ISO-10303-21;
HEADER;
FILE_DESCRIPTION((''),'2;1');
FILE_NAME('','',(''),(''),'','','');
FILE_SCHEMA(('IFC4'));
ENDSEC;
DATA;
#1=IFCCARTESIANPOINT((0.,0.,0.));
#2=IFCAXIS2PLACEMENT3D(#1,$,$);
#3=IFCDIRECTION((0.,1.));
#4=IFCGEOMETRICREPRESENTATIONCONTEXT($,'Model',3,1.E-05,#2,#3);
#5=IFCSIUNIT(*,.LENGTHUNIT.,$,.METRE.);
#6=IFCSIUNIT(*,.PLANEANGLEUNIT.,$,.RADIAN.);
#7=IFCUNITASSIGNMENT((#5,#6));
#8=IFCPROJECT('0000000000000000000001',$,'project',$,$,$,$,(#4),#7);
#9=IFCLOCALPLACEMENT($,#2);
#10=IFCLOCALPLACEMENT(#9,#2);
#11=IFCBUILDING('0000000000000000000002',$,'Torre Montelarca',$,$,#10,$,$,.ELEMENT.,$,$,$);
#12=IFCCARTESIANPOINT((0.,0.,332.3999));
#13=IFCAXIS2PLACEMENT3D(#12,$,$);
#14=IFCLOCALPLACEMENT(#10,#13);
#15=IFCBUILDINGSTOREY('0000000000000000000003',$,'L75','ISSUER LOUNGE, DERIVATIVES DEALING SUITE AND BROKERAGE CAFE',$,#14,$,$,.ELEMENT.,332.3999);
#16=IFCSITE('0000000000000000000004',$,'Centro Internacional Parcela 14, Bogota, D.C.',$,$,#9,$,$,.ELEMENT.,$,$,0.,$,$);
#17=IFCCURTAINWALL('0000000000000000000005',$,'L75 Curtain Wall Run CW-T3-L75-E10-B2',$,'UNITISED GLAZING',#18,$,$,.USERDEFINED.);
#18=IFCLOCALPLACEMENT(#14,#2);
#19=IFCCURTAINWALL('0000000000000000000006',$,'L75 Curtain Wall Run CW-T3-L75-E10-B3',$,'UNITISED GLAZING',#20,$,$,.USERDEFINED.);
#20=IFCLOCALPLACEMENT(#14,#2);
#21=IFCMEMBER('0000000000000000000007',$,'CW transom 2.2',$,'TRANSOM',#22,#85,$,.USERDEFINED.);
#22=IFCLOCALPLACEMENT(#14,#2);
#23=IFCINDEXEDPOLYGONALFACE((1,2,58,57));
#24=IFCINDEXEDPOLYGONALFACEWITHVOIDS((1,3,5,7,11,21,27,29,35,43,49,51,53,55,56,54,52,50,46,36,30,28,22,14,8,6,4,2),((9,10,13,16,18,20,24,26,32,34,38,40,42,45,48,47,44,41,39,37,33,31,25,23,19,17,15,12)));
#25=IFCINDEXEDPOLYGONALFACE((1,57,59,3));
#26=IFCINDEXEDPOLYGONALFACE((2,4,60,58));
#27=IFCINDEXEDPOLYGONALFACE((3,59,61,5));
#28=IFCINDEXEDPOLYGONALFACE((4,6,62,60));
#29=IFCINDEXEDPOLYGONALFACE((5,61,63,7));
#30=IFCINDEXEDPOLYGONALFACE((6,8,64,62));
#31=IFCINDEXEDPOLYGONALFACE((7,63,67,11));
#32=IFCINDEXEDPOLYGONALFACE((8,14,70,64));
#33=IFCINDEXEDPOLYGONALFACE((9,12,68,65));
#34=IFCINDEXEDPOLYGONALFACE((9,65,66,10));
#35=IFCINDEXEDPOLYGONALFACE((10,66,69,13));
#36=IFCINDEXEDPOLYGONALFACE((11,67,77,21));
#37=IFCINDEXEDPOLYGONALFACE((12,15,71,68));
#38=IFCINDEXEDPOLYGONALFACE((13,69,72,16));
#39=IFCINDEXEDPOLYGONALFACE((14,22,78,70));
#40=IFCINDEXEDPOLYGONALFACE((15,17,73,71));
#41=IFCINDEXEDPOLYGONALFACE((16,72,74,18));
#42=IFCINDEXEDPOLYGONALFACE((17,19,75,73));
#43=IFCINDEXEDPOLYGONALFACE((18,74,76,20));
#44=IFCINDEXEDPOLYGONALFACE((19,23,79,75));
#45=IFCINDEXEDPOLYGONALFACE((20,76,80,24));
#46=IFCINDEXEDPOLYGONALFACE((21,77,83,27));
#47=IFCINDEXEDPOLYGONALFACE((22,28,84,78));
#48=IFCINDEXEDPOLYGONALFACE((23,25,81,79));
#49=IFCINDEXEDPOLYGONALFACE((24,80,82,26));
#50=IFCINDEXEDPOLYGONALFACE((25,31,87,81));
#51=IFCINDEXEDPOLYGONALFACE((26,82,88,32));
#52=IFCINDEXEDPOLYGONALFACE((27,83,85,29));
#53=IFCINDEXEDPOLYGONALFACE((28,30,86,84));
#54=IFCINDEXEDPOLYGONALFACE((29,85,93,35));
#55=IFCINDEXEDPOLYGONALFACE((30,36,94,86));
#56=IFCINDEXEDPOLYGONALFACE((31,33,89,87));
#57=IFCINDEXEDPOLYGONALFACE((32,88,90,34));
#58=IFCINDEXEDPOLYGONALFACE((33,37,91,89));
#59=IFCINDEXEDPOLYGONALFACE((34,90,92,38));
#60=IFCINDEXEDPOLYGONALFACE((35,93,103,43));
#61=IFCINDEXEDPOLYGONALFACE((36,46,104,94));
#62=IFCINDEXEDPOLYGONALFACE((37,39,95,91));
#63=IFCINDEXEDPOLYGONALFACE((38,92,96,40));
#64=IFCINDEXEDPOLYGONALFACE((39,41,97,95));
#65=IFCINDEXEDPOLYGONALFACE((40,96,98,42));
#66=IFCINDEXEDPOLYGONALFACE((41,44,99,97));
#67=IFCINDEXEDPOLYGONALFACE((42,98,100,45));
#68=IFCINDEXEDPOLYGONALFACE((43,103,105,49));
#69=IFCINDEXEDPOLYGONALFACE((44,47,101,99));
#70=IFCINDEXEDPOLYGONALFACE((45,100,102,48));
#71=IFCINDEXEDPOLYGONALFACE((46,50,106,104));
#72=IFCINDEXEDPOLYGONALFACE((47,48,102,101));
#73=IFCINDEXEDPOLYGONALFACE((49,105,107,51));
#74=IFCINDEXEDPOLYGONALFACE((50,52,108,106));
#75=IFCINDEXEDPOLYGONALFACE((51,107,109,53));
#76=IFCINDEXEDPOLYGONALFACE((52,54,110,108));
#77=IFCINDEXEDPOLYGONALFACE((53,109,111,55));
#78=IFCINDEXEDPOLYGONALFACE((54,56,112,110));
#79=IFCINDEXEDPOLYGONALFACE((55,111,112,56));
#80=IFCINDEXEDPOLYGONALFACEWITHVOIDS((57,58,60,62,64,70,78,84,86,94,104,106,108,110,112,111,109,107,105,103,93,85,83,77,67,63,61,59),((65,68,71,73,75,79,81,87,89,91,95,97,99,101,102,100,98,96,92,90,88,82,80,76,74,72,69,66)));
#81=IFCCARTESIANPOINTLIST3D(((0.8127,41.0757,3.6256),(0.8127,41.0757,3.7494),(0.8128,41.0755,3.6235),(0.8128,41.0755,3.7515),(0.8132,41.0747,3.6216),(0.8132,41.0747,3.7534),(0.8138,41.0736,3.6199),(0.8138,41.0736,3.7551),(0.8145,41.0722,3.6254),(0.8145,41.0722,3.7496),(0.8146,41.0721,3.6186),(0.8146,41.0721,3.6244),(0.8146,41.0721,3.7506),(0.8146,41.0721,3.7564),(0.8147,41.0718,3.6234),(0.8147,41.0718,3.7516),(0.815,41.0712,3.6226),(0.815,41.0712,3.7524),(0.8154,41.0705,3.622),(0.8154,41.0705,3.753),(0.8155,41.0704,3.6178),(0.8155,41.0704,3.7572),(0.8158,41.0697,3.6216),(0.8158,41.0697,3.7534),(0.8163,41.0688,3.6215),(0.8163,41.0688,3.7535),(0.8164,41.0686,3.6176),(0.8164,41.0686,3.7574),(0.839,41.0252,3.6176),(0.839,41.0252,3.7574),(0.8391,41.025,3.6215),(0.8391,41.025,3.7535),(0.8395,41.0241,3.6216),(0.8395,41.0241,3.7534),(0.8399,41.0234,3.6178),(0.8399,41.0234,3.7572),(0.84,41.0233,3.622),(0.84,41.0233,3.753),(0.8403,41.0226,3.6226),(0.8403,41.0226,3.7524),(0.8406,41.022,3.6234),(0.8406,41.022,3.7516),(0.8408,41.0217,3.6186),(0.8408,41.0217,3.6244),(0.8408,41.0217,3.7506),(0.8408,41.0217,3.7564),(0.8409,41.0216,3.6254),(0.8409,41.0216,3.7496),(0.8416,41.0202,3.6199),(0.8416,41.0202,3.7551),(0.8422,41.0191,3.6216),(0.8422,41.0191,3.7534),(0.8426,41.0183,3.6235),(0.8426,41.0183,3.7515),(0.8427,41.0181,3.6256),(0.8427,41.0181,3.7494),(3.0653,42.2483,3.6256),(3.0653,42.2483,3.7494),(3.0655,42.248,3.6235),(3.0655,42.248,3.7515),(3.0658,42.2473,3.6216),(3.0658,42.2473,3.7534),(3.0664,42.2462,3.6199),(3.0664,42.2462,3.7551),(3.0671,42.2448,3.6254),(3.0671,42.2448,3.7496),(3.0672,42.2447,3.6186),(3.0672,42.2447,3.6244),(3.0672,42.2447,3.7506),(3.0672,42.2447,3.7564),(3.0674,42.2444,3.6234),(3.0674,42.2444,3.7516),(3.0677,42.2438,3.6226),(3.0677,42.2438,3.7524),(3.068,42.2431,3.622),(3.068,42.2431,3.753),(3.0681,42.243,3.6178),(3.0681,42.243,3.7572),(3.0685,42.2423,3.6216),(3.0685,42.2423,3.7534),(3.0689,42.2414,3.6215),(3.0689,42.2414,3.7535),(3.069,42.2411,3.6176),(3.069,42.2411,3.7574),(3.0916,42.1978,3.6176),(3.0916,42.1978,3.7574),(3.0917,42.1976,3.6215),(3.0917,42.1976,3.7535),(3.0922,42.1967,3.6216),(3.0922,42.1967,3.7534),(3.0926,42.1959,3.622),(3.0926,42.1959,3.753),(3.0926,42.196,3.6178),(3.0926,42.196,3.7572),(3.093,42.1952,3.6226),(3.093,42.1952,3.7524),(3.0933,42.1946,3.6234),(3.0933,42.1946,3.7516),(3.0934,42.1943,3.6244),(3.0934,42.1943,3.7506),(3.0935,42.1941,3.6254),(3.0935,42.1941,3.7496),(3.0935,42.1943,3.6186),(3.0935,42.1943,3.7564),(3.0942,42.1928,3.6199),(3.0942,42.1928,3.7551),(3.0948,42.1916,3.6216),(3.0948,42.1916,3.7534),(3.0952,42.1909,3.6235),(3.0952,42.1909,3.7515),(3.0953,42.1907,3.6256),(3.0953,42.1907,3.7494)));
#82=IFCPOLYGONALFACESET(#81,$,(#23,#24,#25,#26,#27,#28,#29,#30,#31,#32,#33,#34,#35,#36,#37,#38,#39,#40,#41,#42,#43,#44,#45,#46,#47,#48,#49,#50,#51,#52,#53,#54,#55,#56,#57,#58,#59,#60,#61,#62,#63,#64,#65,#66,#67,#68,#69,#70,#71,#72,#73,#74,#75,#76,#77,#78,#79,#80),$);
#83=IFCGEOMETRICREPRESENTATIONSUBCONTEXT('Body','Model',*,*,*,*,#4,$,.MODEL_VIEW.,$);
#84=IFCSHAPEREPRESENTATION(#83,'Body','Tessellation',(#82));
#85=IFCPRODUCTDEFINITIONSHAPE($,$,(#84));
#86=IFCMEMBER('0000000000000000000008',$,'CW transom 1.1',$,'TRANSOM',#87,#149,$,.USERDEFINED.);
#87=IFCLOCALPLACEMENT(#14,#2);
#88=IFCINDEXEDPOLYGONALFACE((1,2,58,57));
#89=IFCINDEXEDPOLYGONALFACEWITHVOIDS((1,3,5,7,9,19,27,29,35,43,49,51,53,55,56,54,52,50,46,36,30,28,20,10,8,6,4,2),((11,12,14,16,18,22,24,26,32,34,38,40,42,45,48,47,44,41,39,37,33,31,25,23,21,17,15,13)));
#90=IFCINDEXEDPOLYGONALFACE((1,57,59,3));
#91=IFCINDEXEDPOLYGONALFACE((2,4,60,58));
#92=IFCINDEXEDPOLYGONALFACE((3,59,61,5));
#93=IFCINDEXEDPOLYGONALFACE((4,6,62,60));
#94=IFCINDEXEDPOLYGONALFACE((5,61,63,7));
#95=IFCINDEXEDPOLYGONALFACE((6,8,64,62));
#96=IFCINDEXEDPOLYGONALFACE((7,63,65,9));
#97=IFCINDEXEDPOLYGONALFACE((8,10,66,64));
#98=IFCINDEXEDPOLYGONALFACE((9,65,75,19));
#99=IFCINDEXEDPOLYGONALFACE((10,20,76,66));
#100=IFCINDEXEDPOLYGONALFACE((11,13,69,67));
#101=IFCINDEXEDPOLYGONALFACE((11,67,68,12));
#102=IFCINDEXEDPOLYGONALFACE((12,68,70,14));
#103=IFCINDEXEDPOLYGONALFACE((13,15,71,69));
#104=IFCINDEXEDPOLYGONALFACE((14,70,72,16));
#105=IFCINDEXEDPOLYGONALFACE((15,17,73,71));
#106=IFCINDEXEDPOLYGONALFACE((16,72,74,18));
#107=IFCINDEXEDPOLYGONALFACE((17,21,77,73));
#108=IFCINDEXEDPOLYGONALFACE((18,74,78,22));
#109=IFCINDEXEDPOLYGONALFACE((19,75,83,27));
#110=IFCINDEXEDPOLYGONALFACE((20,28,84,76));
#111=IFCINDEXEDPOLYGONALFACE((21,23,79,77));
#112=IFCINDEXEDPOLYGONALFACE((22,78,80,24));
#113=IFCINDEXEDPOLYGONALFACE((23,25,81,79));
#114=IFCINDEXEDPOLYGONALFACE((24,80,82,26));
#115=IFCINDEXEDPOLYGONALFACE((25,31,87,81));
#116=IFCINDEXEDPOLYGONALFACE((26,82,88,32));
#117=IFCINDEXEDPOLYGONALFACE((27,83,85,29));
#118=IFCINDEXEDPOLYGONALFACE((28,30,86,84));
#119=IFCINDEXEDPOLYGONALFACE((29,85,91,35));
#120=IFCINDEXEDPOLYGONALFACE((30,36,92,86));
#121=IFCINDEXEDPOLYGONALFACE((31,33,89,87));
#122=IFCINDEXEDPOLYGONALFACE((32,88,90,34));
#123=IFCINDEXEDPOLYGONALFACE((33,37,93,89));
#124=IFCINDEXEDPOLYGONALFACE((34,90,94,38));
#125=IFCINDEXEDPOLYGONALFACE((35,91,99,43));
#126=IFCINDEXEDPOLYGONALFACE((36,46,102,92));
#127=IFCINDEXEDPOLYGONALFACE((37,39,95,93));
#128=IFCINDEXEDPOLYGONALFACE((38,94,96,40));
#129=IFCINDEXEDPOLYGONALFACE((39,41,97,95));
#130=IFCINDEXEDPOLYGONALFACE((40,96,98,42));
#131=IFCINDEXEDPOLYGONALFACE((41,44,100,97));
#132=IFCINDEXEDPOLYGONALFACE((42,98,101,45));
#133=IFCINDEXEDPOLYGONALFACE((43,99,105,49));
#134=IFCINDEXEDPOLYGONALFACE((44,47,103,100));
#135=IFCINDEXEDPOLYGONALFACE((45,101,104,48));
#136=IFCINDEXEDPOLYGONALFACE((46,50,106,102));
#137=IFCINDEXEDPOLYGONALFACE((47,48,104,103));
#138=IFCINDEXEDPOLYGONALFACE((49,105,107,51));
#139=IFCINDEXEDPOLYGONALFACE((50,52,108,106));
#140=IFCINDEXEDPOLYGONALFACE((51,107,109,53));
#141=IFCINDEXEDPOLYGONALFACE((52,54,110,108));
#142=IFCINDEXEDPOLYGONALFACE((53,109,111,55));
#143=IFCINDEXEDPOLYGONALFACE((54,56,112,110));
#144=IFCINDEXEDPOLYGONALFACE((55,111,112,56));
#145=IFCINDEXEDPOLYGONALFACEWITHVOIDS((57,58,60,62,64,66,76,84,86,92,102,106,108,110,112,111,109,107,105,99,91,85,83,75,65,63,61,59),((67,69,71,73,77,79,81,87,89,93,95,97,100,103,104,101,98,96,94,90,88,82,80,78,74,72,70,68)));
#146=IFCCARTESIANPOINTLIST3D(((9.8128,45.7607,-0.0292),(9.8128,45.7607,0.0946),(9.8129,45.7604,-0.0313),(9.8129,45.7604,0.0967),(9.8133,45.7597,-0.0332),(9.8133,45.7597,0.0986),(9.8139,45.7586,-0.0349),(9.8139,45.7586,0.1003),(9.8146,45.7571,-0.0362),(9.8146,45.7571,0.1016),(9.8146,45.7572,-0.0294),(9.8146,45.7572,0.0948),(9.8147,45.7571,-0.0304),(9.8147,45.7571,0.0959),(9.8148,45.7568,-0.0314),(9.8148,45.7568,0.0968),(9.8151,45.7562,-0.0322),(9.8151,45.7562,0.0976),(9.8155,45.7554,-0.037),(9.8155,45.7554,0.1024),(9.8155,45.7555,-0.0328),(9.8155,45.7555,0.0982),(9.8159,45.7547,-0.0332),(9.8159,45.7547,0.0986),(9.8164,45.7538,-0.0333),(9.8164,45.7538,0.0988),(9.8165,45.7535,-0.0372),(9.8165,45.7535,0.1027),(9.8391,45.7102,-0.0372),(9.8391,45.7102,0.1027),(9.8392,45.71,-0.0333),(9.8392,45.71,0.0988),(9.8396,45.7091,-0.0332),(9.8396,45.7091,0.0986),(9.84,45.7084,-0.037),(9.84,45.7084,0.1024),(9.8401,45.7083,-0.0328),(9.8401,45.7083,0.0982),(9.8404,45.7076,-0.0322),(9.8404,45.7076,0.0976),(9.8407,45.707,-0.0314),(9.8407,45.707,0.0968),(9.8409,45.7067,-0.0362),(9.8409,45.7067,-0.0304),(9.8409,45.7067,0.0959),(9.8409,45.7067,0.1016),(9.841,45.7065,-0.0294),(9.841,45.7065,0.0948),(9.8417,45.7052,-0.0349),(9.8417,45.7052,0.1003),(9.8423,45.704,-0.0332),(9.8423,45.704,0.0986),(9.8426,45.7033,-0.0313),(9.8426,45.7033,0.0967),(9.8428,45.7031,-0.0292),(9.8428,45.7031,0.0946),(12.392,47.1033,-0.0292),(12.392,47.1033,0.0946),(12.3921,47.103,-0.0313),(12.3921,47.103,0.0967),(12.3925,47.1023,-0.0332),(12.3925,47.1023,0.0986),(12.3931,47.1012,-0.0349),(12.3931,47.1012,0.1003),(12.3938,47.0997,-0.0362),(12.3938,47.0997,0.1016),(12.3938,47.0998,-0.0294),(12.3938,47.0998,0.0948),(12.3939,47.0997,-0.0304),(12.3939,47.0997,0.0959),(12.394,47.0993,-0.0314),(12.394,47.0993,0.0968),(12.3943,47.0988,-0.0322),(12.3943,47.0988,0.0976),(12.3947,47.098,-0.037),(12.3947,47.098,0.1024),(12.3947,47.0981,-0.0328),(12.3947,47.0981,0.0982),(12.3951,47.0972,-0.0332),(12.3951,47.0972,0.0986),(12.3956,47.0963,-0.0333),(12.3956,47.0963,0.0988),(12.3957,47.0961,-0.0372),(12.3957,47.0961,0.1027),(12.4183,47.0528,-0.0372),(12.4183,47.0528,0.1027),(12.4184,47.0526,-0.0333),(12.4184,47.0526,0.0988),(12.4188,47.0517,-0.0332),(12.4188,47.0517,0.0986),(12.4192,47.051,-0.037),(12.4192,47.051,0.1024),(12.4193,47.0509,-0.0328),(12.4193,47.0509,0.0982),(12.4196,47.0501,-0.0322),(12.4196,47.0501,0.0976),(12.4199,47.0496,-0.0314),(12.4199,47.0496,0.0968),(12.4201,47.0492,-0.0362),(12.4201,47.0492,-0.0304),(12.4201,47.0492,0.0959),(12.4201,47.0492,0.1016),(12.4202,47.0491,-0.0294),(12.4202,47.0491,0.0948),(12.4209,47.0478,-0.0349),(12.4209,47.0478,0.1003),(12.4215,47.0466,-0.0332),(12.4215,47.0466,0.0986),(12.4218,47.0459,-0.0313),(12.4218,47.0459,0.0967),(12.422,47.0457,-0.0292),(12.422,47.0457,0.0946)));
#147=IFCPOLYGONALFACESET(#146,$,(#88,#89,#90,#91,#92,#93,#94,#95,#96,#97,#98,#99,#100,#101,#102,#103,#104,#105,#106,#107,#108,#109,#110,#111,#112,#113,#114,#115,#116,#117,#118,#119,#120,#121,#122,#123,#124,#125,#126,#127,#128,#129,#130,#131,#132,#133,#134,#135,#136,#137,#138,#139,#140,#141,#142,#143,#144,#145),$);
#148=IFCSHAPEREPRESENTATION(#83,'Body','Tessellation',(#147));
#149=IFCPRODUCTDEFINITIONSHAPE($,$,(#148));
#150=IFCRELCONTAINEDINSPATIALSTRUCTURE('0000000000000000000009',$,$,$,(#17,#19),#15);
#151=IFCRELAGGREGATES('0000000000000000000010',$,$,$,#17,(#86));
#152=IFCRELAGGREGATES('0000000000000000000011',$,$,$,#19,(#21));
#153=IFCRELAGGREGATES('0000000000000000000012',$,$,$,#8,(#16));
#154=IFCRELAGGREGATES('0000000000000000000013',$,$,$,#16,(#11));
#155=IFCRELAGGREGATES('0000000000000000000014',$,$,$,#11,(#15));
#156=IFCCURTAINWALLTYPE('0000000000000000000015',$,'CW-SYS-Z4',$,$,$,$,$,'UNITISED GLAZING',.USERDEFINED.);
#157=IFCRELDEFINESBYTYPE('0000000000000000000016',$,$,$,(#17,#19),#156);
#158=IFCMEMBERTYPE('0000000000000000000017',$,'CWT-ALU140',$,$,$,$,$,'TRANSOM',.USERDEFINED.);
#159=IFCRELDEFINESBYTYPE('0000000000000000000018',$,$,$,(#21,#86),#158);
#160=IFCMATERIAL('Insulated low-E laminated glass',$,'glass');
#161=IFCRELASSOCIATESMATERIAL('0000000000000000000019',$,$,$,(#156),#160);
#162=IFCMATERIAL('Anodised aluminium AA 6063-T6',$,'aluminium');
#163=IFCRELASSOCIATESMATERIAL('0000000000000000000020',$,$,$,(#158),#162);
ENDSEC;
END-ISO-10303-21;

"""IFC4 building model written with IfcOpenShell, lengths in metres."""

from ifc_helpers import new_model, si_unit, direction, frame, origin, origin_2d, place, context, subcontext, project, spatial, hollow_rectangle, extrude, source, transform, mapped, material, material_profile, profile_set, type_object, element, aggregate, save


model = new_model("IFC4")

# Units and contexts
model_context = context("Model", 3, precision=1e-05, world=origin(), true_north=direction((0.0, 1.0)))
body_context = subcontext(model_context, "Body", "Model", "MODEL_VIEW")
ifc_project = project(units=[si_unit("LENGTHUNIT", "METRE"), si_unit("PLANEANGLEUNIT", "RADIAN")], contexts=[model_context])

# Site, building, storey
site_placement = place(None, origin())
site = spatial("IfcSite", under=ifc_project, at=site_placement, Name="Centro Internacional Parcela 14, Bogota, D.C.", CompositionType="ELEMENT", RefElevation=0.0)
building_placement = place(site_placement, origin())
building = spatial("IfcBuilding", under=site, at=building_placement, Name="Torre Montelarca", CompositionType="ELEMENT")
storey_placement = place(building_placement, frame((0.0, 0.0, 332.3999)))
storey = spatial("IfcBuildingStorey", under=building, at=storey_placement, Name="L75", Description="ISSUER LOUNGE, DERIVATIVES DEALING SUITE AND BROKERAGE CAFE", CompositionType="ELEMENT", Elevation=332.3999)

# Curtain walls
ifc_material_1 = material(Name="Insulated low-E laminated glass", Category="glass")
curtain_wall_type = type_object("IfcCurtainWallType", Name="CW-SYS-Z4", ElementType="UNITISED GLAZING", PredefinedType="USERDEFINED", material=ifc_material_1)
curtain_wall_1_placement = place(storey_placement, origin())
curtain_wall_1 = element("IfcCurtainWall", 1, at=curtain_wall_1_placement, inside=storey, type_object=curtain_wall_type, Name="L75 Curtain Wall Run CW-T3-L75-E10-B2", ObjectType="UNITISED GLAZING", PredefinedType="USERDEFINED")
ifc_material_2 = material(Name="Anodised aluminium AA 6063-T6", Category="aluminium")
curtain_wall_2_placement = place(storey_placement, origin())
curtain_wall_2 = element("IfcCurtainWall", 2, at=curtain_wall_2_placement, inside=storey, type_object=curtain_wall_type, Name="L75 Curtain Wall Run CW-T3-L75-E10-B3", ObjectType="UNITISED GLAZING", PredefinedType="USERDEFINED")
ifc_material_profile_1 = material_profile(ifc_material_2, hollow_rectangle(XDim=0.0649, YDim=0.1399, WallThickness=0.0039, InnerFilletRadius=0.0039, OuterFilletRadius=0.0081, at=origin_2d()), Name="ALU65X140X4", Category="aluminium")
ifc_profile_set_1 = profile_set([ifc_material_profile_1], Name="Anodised aluminium AA 6063-T6")
member_type_1 = type_object("IfcMemberType", Name="CWT-ALU140", ElementType="TRANSOM", PredefinedType="USERDEFINED", material=ifc_profile_set_1)

# Members
shared_shape_1 = source(origin(), body_context, "Body", "SweptSolid", [
    extrude(hollow_rectangle(XDim=0.0649, YDim=0.1399, WallThickness=0.0039, InnerFilletRadius=0.0039, OuterFilletRadius=0.0081, at=origin_2d()), origin(), (0.0, 0.0, 1.0), 2.5396),
])
member_1_placement = place(storey_placement, frame((3.0803, 42.2195, 3.6875), z_axis=(-0.887022, -0.461728, 0.0), x_axis=(0.461728, -0.887022, 0.0)))
member_1 = element("IfcMember", 3, at=member_1_placement, type_object=member_type_1, Name="CW transom 2.2", ObjectType="TRANSOM", PredefinedType="USERDEFINED", context=body_context, shape_type="MappedRepresentation", body=[
    mapped(shared_shape_1, transform((0.0, 0.0, 0.0), scale=1.0)),
])
shared_shape_2 = source(origin(), body_context, "Body", "SweptSolid", [
    extrude(hollow_rectangle(XDim=0.0649, YDim=0.1399, WallThickness=0.0039, InnerFilletRadius=0.0039, OuterFilletRadius=0.0081, at=origin_2d()), origin(), (0.0, 0.0, 1.0), 2.9077),
])
member_2_placement = place(storey_placement, frame((12.407, 47.0745, 0.0327), z_axis=(-0.88702, -0.461731, 0.0), x_axis=(0.461731, -0.88702, 0.0)))
member_2 = element("IfcMember", 4, at=member_2_placement, type_object=member_type_1, Name="CW transom 1.1", ObjectType="TRANSOM", PredefinedType="USERDEFINED", context=body_context, shape_type="MappedRepresentation", body=[
    mapped(shared_shape_2, transform((0.0, 0.0, 0.0), scale=1.0)),
])

aggregate(curtain_wall_1, [member_2])
aggregate(curtain_wall_2, [member_1])

save(model, "model.ifc")
